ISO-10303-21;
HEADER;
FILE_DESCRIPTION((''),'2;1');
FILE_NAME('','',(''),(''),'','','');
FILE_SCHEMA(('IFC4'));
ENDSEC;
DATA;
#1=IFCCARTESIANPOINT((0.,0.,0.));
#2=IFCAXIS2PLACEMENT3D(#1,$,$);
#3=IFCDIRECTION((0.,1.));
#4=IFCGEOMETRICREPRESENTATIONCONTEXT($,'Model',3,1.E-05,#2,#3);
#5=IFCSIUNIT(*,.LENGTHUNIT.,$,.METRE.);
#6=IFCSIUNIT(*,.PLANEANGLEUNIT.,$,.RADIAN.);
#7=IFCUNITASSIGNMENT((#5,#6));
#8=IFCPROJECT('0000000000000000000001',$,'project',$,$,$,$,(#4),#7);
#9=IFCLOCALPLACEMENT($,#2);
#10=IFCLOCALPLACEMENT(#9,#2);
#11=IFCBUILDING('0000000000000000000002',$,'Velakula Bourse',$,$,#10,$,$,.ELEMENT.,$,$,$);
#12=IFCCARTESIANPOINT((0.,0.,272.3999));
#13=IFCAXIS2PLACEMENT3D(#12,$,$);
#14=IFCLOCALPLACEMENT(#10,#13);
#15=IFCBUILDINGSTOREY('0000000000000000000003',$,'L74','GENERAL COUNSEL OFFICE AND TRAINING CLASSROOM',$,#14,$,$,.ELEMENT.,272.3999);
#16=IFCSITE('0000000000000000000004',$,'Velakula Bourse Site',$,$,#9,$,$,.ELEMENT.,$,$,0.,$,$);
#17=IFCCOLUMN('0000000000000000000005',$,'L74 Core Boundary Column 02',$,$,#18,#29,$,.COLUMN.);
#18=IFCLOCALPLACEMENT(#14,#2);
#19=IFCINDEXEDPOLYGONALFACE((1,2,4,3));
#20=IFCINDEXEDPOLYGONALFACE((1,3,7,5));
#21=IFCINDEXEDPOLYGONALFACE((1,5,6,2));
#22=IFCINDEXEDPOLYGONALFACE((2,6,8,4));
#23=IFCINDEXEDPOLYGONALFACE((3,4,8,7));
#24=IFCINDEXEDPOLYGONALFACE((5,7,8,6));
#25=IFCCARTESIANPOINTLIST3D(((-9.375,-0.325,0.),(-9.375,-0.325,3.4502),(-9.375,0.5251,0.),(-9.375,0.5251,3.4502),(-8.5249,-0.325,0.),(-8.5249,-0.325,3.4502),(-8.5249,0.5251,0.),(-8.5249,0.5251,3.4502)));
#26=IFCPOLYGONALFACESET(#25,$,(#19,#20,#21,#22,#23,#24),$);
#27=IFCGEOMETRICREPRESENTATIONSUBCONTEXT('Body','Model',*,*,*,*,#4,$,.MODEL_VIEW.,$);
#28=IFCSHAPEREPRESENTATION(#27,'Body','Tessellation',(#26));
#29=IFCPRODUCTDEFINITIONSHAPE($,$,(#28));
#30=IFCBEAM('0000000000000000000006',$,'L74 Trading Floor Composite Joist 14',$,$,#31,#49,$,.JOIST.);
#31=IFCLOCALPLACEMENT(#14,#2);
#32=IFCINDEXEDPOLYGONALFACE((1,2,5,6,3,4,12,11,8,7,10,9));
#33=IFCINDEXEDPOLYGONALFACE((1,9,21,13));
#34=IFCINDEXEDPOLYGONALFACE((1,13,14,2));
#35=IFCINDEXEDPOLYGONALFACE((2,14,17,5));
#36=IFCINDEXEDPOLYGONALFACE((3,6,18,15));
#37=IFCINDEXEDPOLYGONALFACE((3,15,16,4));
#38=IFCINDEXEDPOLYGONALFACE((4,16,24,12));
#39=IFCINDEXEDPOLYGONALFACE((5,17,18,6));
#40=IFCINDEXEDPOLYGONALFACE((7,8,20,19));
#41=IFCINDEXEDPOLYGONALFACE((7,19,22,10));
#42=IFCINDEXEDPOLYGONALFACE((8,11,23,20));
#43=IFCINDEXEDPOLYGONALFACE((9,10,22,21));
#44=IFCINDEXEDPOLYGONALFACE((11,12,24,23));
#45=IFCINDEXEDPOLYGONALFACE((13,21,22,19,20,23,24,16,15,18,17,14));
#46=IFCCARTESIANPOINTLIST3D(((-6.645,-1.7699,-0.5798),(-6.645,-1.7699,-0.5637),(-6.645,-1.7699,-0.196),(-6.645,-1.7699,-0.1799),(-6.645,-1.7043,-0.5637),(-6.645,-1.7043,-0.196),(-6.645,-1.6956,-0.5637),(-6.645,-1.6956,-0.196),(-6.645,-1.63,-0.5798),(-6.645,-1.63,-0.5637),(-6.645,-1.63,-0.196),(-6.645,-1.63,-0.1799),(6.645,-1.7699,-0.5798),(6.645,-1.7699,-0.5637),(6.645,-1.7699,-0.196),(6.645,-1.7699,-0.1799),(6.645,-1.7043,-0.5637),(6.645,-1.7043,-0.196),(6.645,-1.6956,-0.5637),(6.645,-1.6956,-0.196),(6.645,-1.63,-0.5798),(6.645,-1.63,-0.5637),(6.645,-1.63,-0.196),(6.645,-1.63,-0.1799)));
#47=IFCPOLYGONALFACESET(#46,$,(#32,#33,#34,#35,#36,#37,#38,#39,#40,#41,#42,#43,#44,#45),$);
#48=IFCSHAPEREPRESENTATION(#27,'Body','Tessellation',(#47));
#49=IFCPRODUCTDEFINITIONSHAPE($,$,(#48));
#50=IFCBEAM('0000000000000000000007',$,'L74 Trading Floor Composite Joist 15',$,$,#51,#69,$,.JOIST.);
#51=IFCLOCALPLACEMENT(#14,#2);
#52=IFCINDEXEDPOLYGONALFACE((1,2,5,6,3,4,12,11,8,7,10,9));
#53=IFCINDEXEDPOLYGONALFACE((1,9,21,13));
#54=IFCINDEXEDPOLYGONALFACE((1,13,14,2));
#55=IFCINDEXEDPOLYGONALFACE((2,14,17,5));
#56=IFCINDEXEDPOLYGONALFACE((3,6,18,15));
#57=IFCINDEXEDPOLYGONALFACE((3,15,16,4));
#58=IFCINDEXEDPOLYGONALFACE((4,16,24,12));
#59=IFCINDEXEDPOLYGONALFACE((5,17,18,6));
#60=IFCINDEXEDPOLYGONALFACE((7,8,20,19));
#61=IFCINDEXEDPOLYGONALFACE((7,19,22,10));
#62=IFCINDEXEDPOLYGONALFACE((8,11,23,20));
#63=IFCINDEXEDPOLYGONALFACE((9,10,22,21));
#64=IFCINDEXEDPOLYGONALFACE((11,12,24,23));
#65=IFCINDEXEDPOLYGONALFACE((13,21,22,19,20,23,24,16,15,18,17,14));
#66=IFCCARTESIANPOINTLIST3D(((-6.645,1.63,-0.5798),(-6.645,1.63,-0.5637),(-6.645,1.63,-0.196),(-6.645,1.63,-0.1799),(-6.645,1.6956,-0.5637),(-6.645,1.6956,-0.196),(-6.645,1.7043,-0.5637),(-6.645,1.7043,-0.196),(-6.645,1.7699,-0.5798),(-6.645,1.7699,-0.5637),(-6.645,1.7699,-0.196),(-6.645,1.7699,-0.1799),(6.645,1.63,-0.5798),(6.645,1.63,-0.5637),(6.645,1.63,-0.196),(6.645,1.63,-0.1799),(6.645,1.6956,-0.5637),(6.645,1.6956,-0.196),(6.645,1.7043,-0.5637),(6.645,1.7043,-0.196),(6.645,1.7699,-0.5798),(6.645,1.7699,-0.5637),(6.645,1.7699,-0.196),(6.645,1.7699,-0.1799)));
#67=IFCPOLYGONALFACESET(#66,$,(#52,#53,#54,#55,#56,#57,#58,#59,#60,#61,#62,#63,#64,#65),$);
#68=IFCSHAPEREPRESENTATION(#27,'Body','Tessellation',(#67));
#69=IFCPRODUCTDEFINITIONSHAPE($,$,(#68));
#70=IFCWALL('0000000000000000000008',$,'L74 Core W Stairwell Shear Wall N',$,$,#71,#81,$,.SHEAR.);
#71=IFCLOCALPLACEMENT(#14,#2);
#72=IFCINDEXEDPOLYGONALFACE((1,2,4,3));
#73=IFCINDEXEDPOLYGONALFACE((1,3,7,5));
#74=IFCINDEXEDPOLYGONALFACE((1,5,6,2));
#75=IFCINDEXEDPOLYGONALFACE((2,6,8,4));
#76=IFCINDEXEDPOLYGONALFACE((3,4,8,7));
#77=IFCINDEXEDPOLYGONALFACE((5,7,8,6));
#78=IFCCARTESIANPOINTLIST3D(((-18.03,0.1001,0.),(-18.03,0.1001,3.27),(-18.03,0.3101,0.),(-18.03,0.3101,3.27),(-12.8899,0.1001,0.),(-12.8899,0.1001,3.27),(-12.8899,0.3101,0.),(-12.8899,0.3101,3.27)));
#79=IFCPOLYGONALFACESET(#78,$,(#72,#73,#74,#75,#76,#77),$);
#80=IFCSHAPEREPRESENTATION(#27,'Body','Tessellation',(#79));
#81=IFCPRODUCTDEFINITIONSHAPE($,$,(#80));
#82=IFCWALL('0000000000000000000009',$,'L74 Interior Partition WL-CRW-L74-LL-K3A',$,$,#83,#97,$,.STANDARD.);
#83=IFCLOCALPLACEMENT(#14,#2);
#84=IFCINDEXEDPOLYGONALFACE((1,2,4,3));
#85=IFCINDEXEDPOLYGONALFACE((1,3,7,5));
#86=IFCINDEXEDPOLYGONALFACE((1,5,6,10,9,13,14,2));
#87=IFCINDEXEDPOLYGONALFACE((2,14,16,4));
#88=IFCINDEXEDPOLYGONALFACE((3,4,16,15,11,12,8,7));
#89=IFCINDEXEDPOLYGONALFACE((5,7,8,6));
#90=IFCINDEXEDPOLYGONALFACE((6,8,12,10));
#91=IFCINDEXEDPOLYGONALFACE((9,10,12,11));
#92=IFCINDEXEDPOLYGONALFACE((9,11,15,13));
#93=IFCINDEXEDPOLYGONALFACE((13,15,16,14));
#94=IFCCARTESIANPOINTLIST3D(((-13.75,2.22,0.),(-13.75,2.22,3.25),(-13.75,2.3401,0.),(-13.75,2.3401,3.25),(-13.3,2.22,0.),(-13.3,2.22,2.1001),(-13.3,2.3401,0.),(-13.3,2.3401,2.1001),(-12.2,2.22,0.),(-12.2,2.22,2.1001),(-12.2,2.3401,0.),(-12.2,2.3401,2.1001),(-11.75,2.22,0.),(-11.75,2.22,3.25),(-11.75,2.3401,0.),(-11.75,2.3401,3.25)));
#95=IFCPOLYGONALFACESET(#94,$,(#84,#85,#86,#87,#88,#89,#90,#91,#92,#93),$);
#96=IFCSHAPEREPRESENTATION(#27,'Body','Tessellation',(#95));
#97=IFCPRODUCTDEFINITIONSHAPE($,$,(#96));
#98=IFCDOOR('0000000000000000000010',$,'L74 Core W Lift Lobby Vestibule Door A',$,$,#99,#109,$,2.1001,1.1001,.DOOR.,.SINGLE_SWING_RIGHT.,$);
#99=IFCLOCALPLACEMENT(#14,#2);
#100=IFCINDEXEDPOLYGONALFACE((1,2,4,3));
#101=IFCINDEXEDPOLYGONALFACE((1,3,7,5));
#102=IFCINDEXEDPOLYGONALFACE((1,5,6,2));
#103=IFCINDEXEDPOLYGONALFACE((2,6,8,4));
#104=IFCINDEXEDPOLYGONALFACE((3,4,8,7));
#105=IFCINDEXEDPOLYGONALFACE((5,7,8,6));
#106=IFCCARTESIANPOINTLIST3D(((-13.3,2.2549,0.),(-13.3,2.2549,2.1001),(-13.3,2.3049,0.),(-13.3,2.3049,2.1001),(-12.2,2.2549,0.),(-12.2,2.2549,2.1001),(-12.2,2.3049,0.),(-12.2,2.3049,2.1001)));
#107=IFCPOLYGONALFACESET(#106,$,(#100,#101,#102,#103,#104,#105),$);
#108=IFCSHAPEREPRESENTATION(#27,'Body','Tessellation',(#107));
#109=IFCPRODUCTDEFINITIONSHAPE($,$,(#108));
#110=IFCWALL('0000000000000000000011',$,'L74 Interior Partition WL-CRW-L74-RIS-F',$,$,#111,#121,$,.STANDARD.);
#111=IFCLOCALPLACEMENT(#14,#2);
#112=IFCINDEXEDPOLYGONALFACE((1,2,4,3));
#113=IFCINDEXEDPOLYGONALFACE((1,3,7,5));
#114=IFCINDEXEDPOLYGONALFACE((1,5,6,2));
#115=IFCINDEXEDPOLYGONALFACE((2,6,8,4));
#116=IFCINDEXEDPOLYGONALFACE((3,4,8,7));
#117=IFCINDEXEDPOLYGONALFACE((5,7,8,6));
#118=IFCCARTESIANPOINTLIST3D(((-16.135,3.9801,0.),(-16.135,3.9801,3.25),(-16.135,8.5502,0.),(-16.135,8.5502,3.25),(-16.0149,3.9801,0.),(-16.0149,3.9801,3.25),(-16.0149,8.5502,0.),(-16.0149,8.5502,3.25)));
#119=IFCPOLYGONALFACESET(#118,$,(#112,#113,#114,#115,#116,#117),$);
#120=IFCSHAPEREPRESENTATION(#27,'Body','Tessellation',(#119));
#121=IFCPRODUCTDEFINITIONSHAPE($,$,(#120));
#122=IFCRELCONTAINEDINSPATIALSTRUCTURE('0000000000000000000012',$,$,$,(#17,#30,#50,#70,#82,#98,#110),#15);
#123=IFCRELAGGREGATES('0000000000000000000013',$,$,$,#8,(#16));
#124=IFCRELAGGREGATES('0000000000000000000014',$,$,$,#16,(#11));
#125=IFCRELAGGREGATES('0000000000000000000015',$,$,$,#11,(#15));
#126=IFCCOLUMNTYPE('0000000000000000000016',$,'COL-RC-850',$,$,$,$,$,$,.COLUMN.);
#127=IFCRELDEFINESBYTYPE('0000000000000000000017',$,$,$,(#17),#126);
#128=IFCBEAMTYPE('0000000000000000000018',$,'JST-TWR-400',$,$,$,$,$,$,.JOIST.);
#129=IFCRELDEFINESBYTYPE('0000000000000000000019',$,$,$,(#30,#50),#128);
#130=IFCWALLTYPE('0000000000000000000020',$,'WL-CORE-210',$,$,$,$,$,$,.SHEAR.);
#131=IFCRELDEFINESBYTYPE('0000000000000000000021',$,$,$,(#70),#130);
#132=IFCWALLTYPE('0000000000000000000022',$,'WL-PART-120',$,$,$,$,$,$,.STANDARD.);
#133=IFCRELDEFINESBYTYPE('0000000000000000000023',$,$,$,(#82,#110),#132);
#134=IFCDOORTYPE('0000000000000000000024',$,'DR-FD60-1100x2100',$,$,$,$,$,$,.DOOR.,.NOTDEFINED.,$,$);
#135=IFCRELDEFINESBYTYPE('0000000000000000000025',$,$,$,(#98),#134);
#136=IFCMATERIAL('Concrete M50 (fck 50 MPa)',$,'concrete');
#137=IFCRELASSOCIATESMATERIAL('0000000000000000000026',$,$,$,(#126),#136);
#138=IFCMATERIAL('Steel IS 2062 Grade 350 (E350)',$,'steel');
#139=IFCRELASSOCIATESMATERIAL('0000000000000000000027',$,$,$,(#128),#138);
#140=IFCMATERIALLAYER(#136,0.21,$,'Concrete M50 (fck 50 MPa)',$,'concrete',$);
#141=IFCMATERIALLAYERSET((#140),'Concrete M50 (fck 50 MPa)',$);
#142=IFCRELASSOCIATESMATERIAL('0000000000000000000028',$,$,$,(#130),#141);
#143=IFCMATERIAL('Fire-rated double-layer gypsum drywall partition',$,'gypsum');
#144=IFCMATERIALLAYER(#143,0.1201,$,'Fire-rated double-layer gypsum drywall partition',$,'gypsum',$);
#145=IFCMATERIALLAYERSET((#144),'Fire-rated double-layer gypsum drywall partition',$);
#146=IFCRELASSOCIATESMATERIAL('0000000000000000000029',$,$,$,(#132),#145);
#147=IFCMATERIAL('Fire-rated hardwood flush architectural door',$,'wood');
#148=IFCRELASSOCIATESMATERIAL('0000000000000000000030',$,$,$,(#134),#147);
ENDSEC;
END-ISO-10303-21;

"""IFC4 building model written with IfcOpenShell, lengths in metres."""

from ifc_helpers import new_model, si_unit, direction, frame, frame_2d, origin, origin_2d, place, context, subcontext, project, spatial, rectangle, i_section, extrude, material, layer, layer_set, material_profile, profile_set, type_object, element, fill, save


model = new_model("IFC4")

# Units and contexts
model_context = context("Model", 3, precision=1e-05, world=origin(), true_north=direction((0.0, 1.0)))
body_context = subcontext(model_context, "Body", "Model", "MODEL_VIEW")
ifc_project = project(units=[si_unit("LENGTHUNIT", "METRE"), si_unit("PLANEANGLEUNIT", "RADIAN")], contexts=[model_context])

# Site, building, storey
site_placement = place(None, origin())
site = spatial("IfcSite", under=ifc_project, at=site_placement, Name="Velakula Bourse Site", CompositionType="ELEMENT", RefElevation=0.0)
building_placement = place(site_placement, origin())
building = spatial("IfcBuilding", under=site, at=building_placement, Name="Velakula Bourse", CompositionType="ELEMENT")
storey_placement = place(building_placement, frame((0.0, 0.0, 272.3999)))
storey = spatial("IfcBuildingStorey", under=building, at=storey_placement, Name="L74", Description="GENERAL COUNSEL OFFICE AND TRAINING CLASSROOM", CompositionType="ELEMENT", Elevation=272.3999)

# Column
ifc_material_1 = material(Name="Concrete M50 (fck 50 MPa)", Category="concrete")
ifc_material_profile_1 = material_profile(ifc_material_1, rectangle(XDim=0.8501, YDim=0.8501, at=origin_2d()), Name="Concrete M50 (fck 50 MPa)")
ifc_profile_set_1 = profile_set([ifc_material_profile_1], Name="Concrete M50 (fck 50 MPa)")
column_type = type_object("IfcColumnType", Name="COL-RC-850", PredefinedType="COLUMN", material=ifc_profile_set_1)
column_placement = place(storey_placement, frame((-8.95, 0.1001, 0.0), z_axis=(0.0, 0.0, 1.0), x_axis=(1.0, 0.0, 0.0)))
element("IfcColumn", 1, at=column_placement, inside=storey, type_object=column_type, Name="L74 Core Boundary Column 02", PredefinedType="COLUMN", context=body_context, shape_type="SweptSolid", body=[
    extrude(rectangle(XDim=0.8501, YDim=0.8501, at=origin_2d()), origin(), (0.0, 0.0, 1.0), 3.4502),
])

# Beams
ifc_material_2 = material(Name="Steel IS 2062 Grade 350 (E350)", Category="steel")
ifc_material_profile_2 = material_profile(ifc_material_2, i_section(OverallWidth=0.1399, OverallDepth=0.3999, WebThickness=0.0088, FlangeThickness=0.0161, at=origin_2d()), Name="Steel IS 2062 Grade 350 (E350)")
ifc_profile_set_2 = profile_set([ifc_material_profile_2], Name="Steel IS 2062 Grade 350 (E350)")
beam_type = type_object("IfcBeamType", Name="JST-TWR-400", PredefinedType="JOIST", material=ifc_profile_set_2)
for number, where, z_axis, x_axis, name in (
    (2, (-6.645, -1.7, -0.3799), (1.0, 0.0, 0.0), (0.0, 1.0, 0.0), "L74 Trading Floor Composite Joist 14"),
    (3, (-6.645, 1.7, -0.3799), (1.0, 0.0, 0.0), (0.0, 1.0, 0.0), "L74 Trading Floor Composite Joist 15"),
):
    element("IfcBeam", number, at=place(storey_placement, frame(where, z_axis=z_axis, x_axis=x_axis)), inside=storey, type_object=beam_type, Name=name, PredefinedType="JOIST", context=body_context, shape_type="SweptSolid", body=[
        extrude(i_section(OverallWidth=0.1399, OverallDepth=0.3999, WebThickness=0.0088, FlangeThickness=0.0161, at=origin_2d()), origin(), (0.0, 0.0, 1.0), 13.29),
    ])

# Wall
ifc_layer_1 = layer(ifc_material_1, 0.21, Name="Concrete M50 (fck 50 MPa)", Category="concrete")
ifc_layer_set_1 = layer_set([ifc_layer_1], Name="Concrete M50 (fck 50 MPa)")
wall_type_1 = type_object("IfcWallType", Name="WL-CORE-210", PredefinedType="SHEAR", material=ifc_layer_set_1)
wall_1_placement = place(storey_placement, frame((-12.8899, 0.2051, 0.0), z_axis=(0.0, 0.0, 1.0), x_axis=(-1.0, 0.0, 0.0)))
element("IfcWall", 4, at=wall_1_placement, inside=storey, type_object=wall_type_1, Name="L74 Core W Stairwell Shear Wall N", PredefinedType="SHEAR", context=body_context, shape_type="SweptSolid", body=[
    extrude(rectangle(XDim=5.1401, YDim=0.21, at=frame_2d((2.5701, 0.0))), origin(), (0.0, 0.0, 1.0), 3.27),
])

# Wall, opening, door
ifc_material_3 = material(Name="Fire-rated double-layer gypsum drywall partition", Category="gypsum")
ifc_layer_2 = layer(ifc_material_3, 0.1201, Name="Fire-rated double-layer gypsum drywall partition", Category="gypsum")
ifc_layer_set_2 = layer_set([ifc_layer_2], Name="Fire-rated double-layer gypsum drywall partition")
wall_type_2 = type_object("IfcWallType", Name="WL-PART-120", PredefinedType="STANDARD", material=ifc_layer_set_2)
wall_2_placement = place(storey_placement, frame((-13.75, 2.28, 0.0), z_axis=(0.0, 0.0, 1.0), x_axis=(1.0, 0.0, 0.0)))
wall_2 = element("IfcWall", 5, at=wall_2_placement, inside=storey, type_object=wall_type_2, Name="L74 Interior Partition WL-CRW-L74-LL-K3A", PredefinedType="STANDARD", context=body_context, shape_type="SweptSolid", body=[
    extrude(rectangle(XDim=2.0, YDim=0.1201, at=frame_2d((1.0, 0.0))), origin(), (0.0, 0.0, 1.0), 3.25),
])
opening_1_placement = place(wall_2_placement, frame((0.45, 0.0, 0.0)))
opening_1 = element("IfcOpeningElement", 6, at=opening_1_placement, cuts=wall_2, PredefinedType="OPENING", context=body_context, shape_type="SweptSolid", body=[
    extrude(rectangle(XDim=1.1001, YDim=2.1001, at=frame_2d((0.55, 1.05))), frame((0.0, 0.0701, 0.0), z_axis=(0.0, -1.0, 0.0), x_axis=(1.0, 0.0, 0.0)), (0.0, 0.0, 1.0), 0.1401),
])
ifc_material_4 = material(Name="Fire-rated hardwood flush architectural door", Category="wood")
door_type_1 = type_object("IfcDoorType", Name="DR-FD60-1100x2100", OperationType="NOTDEFINED", PredefinedType="DOOR", material=ifc_material_4)
door_1_placement = place(opening_1_placement, origin())
door_1 = element("IfcDoor", 7, at=door_1_placement, inside=storey, type_object=door_type_1, Name="L74 Core W Lift Lobby Vestibule Door A", OperationType="SINGLE_SWING_RIGHT", OverallHeight=2.1001, OverallWidth=1.1001, PredefinedType="DOOR", context=body_context, shape_type="SweptSolid", body=[
    extrude(rectangle(XDim=1.1001, YDim=2.1001, at=frame_2d((0.55, 1.05))), frame((0.0, 0.0249, 0.0), z_axis=(0.0, -1.0, 0.0), x_axis=(1.0, 0.0, 0.0)), (0.0, 0.0, 1.0), 0.05),
])
fill(opening_1, door_1)

# Wall
wall_3_placement = place(storey_placement, frame((-16.075, 3.98, 0.0), z_axis=(0.0, 0.0, 1.0), x_axis=(0.0, 1.0, 0.0)))
element("IfcWall", 8, at=wall_3_placement, inside=storey, type_object=wall_type_2, Name="L74 Interior Partition WL-CRW-L74-RIS-F", PredefinedType="STANDARD", context=body_context, shape_type="SweptSolid", body=[
    extrude(rectangle(XDim=4.5701, YDim=0.1201, at=frame_2d((2.2852, 0.0))), origin(), (0.0, 0.0, 1.0), 3.25),
])

save(model, "model.ifc")
